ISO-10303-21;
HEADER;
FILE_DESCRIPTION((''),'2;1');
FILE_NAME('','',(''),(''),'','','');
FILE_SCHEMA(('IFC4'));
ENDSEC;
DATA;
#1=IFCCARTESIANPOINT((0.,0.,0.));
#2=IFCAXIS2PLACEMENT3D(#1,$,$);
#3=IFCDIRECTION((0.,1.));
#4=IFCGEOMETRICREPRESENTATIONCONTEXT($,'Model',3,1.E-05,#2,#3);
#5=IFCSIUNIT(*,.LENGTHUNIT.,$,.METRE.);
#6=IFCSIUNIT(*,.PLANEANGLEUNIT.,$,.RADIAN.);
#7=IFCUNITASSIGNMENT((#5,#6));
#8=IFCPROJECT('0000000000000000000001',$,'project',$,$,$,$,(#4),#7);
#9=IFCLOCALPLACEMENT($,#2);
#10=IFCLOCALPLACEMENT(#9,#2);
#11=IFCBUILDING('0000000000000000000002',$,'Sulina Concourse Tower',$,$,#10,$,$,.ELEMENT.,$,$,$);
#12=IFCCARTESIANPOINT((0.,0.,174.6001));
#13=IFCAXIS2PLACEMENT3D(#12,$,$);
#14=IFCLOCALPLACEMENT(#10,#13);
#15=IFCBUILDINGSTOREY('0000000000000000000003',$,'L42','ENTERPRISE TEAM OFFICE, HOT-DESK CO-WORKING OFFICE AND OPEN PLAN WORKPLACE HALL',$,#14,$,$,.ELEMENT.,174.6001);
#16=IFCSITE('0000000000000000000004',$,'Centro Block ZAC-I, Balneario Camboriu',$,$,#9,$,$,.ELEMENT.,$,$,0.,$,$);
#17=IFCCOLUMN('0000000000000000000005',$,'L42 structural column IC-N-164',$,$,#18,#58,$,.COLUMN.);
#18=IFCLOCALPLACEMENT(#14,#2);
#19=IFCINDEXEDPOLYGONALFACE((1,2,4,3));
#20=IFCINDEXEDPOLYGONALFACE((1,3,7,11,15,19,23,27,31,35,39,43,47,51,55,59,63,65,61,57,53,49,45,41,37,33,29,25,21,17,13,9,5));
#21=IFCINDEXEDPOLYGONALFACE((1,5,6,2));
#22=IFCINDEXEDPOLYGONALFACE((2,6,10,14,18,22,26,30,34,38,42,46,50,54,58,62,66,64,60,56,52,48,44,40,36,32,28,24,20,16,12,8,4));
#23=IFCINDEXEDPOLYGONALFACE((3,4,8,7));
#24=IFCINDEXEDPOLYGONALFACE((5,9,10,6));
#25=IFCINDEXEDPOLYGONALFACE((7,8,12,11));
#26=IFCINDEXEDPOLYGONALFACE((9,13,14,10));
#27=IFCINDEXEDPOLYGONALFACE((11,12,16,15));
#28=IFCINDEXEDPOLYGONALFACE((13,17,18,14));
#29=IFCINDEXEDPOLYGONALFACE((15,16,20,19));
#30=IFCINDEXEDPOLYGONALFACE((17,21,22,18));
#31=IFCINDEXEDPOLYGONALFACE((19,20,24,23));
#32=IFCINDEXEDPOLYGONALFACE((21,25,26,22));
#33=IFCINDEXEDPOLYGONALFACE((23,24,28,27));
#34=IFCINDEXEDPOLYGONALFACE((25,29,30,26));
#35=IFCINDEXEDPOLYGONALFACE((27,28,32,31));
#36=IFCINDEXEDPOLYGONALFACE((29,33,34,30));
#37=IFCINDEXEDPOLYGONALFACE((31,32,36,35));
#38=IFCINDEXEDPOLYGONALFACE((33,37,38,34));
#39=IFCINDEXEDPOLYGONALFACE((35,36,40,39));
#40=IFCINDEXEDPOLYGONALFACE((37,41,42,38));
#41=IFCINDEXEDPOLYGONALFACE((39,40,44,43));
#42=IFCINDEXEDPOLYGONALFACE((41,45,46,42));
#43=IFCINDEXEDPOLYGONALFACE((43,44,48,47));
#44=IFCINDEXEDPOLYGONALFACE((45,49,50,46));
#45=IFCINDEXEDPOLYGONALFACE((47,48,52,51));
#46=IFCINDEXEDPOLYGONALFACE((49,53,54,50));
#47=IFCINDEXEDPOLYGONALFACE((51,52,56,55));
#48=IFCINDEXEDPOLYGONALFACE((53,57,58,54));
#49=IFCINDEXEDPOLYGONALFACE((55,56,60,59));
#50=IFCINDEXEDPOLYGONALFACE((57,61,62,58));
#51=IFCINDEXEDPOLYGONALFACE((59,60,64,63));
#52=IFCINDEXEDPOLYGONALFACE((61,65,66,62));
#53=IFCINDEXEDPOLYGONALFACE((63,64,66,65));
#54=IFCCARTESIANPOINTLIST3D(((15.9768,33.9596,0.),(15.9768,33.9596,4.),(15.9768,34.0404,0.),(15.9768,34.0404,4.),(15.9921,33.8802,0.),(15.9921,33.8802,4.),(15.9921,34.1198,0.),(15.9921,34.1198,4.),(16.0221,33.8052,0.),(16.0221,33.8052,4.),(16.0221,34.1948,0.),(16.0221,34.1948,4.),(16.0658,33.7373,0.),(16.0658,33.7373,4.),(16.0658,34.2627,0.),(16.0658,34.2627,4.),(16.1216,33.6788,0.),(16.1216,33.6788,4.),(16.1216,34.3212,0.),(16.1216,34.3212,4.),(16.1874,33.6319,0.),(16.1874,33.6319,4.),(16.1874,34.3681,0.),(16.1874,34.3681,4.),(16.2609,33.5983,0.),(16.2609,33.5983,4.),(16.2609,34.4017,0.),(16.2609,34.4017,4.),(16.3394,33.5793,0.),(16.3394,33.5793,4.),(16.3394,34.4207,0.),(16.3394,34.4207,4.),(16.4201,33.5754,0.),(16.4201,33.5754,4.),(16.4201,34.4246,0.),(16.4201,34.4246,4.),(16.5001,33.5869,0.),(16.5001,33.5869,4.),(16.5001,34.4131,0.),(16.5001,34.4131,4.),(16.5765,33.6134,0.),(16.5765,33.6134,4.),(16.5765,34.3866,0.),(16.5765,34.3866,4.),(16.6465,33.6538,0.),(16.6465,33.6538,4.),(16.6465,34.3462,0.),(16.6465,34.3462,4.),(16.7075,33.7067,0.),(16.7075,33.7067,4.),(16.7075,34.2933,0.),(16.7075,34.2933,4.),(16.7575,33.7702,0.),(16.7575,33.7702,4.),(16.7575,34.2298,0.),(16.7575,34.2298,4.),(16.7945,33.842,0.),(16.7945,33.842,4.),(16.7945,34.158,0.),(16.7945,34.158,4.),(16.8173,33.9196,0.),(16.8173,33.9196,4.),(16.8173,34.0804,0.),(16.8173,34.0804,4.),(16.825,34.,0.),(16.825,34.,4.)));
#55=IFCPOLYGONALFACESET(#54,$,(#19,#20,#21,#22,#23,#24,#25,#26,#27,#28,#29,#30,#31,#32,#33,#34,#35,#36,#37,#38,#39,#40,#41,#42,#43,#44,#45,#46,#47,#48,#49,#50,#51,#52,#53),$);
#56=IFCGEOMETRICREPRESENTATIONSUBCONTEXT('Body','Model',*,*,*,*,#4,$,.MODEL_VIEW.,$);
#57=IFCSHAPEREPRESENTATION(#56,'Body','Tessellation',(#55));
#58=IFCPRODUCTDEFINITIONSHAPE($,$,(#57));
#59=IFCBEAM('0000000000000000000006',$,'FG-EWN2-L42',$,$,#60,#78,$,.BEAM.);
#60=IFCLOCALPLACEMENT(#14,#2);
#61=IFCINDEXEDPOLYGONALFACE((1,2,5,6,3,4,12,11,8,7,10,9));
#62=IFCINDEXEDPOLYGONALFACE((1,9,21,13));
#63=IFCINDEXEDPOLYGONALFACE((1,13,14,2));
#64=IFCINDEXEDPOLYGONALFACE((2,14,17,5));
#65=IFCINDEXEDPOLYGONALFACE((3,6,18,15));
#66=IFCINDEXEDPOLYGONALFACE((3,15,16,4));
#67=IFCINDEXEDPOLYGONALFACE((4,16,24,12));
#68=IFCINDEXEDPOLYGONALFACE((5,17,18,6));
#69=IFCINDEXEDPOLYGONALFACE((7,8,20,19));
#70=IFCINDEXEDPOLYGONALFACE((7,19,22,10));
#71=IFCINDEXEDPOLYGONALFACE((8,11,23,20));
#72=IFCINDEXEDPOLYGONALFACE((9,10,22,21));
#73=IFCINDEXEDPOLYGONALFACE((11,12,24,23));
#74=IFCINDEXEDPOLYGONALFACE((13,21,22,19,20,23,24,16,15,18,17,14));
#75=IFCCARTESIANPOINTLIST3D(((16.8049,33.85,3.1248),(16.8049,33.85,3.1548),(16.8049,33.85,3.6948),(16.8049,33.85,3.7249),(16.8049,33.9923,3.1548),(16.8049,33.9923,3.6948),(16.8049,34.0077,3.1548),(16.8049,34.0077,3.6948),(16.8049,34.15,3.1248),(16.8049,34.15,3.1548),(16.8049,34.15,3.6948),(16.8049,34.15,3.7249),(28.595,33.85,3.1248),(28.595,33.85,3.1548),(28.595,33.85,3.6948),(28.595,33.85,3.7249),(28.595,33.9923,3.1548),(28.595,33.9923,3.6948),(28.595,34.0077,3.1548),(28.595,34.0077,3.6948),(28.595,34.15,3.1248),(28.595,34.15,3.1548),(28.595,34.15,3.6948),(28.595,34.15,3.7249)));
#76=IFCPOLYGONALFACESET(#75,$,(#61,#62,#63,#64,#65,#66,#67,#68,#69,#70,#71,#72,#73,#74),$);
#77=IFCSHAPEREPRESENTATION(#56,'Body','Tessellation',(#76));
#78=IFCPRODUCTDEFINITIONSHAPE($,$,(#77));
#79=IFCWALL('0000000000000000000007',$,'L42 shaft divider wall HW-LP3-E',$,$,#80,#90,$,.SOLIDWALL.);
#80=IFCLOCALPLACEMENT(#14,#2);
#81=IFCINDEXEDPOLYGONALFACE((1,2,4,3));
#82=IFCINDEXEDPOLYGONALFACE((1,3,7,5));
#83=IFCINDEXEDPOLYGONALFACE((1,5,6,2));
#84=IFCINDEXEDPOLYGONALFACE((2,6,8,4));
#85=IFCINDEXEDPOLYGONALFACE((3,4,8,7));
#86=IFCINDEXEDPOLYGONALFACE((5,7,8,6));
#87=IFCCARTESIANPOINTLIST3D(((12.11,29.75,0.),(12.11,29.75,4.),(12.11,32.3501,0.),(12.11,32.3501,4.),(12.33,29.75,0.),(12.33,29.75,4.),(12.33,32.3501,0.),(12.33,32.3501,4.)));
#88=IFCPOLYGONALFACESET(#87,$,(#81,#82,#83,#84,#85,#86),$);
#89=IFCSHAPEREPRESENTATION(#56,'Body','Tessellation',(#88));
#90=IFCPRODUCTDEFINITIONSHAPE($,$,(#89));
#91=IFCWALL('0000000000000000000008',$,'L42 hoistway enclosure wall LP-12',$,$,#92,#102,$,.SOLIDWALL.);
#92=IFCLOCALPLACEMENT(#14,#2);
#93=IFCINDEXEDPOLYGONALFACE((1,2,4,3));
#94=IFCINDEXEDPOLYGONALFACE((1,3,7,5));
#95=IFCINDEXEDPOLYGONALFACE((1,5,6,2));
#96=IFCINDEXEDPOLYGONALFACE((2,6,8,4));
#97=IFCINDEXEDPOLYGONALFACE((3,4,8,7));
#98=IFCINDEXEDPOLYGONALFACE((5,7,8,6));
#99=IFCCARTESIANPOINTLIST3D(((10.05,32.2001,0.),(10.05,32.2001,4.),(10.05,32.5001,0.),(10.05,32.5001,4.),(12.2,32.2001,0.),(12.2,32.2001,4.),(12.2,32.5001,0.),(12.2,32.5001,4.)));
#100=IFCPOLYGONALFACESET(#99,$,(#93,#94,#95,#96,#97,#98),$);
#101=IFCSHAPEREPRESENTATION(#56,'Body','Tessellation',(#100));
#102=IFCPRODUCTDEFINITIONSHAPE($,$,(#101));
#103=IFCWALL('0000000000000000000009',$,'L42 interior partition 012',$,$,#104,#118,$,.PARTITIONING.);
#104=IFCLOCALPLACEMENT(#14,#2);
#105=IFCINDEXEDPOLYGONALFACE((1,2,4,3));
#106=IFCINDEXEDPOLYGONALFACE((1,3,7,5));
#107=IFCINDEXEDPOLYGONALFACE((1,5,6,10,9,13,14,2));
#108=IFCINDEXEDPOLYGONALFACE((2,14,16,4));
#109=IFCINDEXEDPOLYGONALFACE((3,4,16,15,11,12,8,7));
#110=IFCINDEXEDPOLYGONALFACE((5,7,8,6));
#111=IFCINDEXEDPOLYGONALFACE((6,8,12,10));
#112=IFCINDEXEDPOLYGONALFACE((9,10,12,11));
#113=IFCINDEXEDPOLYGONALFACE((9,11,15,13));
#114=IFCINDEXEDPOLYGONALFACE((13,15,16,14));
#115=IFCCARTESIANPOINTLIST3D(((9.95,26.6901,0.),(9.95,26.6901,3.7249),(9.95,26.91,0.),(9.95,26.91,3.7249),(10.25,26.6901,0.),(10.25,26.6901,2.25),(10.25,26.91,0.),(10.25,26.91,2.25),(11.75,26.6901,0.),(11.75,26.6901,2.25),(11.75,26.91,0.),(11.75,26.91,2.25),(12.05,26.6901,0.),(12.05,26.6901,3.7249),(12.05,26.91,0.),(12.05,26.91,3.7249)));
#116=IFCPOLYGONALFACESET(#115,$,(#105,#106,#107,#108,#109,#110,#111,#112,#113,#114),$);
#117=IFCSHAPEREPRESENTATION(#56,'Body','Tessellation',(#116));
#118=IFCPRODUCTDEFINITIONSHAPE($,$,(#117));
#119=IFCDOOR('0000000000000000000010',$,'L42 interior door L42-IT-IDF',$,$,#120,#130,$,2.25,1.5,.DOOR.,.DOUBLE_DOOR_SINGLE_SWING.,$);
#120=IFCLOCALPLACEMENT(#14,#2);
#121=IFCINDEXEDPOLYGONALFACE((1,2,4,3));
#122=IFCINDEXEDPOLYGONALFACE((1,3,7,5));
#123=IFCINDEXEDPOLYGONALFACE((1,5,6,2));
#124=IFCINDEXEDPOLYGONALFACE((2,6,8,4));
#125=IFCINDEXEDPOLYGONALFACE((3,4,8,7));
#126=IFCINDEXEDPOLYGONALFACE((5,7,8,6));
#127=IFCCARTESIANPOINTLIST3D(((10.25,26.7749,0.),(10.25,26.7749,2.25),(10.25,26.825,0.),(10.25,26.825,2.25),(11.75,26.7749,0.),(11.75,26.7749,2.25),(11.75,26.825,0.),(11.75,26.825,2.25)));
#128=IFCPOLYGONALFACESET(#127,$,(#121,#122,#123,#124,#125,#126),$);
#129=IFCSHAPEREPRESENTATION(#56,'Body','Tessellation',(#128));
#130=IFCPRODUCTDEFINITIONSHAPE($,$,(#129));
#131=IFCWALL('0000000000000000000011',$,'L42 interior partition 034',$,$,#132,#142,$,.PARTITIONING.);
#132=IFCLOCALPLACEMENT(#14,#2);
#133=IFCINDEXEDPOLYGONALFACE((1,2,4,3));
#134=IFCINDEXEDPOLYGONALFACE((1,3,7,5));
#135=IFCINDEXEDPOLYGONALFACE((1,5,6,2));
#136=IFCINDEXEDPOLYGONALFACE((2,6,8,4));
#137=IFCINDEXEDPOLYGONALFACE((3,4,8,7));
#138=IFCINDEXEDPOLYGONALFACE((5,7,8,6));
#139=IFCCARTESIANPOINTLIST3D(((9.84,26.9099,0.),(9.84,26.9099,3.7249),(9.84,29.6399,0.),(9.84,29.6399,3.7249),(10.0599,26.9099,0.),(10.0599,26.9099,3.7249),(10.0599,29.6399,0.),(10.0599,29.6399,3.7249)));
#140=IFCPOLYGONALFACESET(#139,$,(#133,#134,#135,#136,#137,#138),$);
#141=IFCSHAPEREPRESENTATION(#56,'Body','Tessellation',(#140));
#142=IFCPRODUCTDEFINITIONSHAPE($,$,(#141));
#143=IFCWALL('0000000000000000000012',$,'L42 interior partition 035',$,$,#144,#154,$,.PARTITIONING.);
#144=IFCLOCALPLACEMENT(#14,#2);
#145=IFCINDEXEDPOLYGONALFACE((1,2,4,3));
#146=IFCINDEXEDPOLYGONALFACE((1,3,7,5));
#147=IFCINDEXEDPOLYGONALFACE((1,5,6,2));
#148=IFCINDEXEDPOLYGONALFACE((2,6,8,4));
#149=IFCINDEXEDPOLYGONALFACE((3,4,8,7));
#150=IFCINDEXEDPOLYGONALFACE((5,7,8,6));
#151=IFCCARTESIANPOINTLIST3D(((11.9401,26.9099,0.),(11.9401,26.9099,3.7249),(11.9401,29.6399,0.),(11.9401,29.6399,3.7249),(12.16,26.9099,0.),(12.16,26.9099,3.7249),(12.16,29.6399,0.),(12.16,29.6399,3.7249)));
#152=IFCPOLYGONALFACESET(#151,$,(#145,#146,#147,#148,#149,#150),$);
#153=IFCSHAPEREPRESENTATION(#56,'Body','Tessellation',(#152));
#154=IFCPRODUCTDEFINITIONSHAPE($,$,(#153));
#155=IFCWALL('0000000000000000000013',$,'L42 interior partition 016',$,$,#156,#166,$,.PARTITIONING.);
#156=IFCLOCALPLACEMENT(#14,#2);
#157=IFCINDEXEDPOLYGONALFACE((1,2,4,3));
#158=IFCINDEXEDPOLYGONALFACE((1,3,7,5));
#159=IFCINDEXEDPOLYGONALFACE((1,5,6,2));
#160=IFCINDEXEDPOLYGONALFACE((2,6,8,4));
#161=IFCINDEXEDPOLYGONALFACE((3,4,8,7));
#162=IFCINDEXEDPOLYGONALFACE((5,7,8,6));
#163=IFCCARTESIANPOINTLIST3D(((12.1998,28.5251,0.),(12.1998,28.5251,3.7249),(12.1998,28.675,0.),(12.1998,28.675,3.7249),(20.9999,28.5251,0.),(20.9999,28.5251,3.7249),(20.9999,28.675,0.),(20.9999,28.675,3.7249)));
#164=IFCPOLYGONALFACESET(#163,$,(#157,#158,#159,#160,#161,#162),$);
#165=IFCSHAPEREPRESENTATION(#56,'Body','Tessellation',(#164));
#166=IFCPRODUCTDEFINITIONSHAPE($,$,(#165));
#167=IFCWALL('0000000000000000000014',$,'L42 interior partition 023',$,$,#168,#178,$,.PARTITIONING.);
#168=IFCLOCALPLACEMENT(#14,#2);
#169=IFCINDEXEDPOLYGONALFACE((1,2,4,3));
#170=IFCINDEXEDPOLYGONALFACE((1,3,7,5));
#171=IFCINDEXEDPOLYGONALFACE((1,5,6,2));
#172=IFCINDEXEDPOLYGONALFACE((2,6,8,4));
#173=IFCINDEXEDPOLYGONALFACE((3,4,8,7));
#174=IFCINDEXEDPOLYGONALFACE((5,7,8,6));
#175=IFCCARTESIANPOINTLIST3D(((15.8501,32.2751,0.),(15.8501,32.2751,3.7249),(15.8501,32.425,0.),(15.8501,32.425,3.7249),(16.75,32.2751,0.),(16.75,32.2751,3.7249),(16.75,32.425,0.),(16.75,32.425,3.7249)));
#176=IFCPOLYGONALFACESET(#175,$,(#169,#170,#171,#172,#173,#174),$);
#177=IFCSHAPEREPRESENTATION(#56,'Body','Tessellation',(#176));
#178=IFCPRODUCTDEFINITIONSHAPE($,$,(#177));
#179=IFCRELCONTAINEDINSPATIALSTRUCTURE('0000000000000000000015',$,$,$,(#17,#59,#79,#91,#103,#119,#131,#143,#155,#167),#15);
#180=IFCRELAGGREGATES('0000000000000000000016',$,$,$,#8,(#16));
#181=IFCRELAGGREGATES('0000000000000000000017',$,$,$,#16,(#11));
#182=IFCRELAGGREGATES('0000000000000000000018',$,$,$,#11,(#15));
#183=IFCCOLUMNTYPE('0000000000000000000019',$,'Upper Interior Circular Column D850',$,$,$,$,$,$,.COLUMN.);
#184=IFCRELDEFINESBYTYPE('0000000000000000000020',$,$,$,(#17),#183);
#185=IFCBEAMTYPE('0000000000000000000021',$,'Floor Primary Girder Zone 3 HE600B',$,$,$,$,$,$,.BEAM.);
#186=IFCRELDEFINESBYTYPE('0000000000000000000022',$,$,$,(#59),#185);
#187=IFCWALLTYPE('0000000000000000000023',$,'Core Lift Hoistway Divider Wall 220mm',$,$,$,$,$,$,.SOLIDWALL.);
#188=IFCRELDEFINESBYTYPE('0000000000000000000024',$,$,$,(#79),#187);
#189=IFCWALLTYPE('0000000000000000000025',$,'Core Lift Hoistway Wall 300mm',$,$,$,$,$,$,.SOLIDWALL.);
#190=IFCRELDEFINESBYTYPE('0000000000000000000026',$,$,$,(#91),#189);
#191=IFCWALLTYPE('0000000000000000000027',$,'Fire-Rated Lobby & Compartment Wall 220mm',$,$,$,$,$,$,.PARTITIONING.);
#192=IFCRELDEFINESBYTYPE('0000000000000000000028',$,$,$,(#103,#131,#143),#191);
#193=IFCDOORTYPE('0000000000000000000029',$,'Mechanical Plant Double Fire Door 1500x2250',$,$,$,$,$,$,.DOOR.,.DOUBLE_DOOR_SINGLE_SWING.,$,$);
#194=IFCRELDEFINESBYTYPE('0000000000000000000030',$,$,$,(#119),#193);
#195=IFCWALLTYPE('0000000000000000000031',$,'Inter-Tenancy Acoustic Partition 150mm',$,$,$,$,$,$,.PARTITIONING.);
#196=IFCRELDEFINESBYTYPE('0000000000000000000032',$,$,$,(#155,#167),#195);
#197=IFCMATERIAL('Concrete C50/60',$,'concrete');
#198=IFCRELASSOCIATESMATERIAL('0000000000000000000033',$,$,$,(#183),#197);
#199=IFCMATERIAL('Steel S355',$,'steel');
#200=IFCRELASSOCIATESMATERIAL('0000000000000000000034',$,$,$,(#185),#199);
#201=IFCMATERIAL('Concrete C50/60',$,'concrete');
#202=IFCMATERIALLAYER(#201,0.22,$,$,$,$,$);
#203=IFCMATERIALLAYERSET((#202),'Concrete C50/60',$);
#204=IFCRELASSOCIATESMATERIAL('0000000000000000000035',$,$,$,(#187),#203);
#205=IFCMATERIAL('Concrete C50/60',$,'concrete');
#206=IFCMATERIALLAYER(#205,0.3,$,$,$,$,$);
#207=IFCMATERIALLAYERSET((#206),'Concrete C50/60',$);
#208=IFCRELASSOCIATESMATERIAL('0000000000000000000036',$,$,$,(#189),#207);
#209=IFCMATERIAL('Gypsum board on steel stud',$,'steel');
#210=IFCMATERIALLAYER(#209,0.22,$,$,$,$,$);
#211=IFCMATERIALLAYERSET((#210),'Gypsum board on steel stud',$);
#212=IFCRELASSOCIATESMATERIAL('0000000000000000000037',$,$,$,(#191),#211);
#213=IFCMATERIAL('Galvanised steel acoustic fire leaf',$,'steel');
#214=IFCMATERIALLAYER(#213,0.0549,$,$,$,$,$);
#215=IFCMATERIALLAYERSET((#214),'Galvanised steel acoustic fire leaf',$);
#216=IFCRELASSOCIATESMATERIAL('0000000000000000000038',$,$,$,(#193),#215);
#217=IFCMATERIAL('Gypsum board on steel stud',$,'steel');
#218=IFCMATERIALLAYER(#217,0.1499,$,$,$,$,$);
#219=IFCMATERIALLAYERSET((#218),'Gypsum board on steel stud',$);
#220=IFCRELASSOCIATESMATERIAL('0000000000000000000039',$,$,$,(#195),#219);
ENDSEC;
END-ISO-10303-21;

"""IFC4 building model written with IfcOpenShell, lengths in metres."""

from ifc_helpers import new_model, si_unit, direction, frame, frame_2d, origin, origin_2d, place, context, subcontext, project, spatial, rectangle, circle, i_section, extrude, material, layer, layer_set, material_profile, profile_set, type_object, element, fill, save


model = new_model("IFC4")

# Units and contexts
model_context = context("Model", 3, precision=1e-05, world=origin(), true_north=direction((0.0, 1.0)))
body_context = subcontext(model_context, "Body", "Model", "MODEL_VIEW")
ifc_project = project(units=[si_unit("LENGTHUNIT", "METRE"), si_unit("PLANEANGLEUNIT", "RADIAN")], contexts=[model_context])

# Site, building, storey
site_placement = place(None, origin())
site = spatial("IfcSite", under=ifc_project, at=site_placement, Name="Centro Block ZAC-I, Balneario Camboriu", CompositionType="ELEMENT", RefElevation=0.0)
building_placement = place(site_placement, origin())
building = spatial("IfcBuilding", under=site, at=building_placement, Name="Sulina Concourse Tower", CompositionType="ELEMENT")
storey_placement = place(building_placement, frame((0.0, 0.0, 174.6001)))
storey = spatial("IfcBuildingStorey", under=building, at=storey_placement, Name="L42", Description="ENTERPRISE TEAM OFFICE, HOT-DESK CO-WORKING OFFICE AND OPEN PLAN WORKPLACE HALL", CompositionType="ELEMENT", Elevation=174.6001)

# Column
ifc_material_1 = material(Name="Concrete C50/60", Category="concrete")
ifc_material_profile_1 = material_profile(ifc_material_1, circle(Radius=0.425, at=origin_2d()), Name="RC D850")
ifc_profile_set_1 = profile_set([ifc_material_profile_1], Name="Concrete C50/60")
column_type = type_object("IfcColumnType", Name="Upper Interior Circular Column D850", PredefinedType="COLUMN", material=ifc_profile_set_1)
column_placement = place(storey_placement, frame((16.3999, 34.0, 0.0), z_axis=(0.0, 0.0, 1.0), x_axis=(1.0, 0.0, 0.0)))
element("IfcColumn", 1, at=column_placement, inside=storey, type_object=column_type, Name="L42 structural column IC-N-164", PredefinedType="COLUMN", context=body_context, shape_type="SweptSolid", body=[
    extrude(circle(Radius=0.425, at=origin_2d()), origin(), (0.0, 0.0, 1.0), 4.0),
])

# Beam
ifc_material_2 = material(Name="Steel S355", Category="steel")
ifc_material_profile_2 = material_profile(ifc_material_2, i_section(OverallWidth=0.3, OverallDepth=0.6001, WebThickness=0.0154, FlangeThickness=0.03, at=origin_2d()), Name="HE 600 B")
ifc_profile_set_2 = profile_set([ifc_material_profile_2], Name="Steel S355")
beam_type = type_object("IfcBeamType", Name="Floor Primary Girder Zone 3 HE600B", PredefinedType="BEAM", material=ifc_profile_set_2)
beam_placement = place(storey_placement, frame((16.8049, 34.0, 3.4248), z_axis=(1.0, 0.0, 0.0), x_axis=(0.0, 1.0, 0.0)))
element("IfcBeam", 2, at=beam_placement, inside=storey, type_object=beam_type, Name="FG-EWN2-L42", PredefinedType="BEAM", context=body_context, shape_type="SweptSolid", body=[
    extrude(i_section(OverallWidth=0.3, OverallDepth=0.6001, WebThickness=0.0154, FlangeThickness=0.03, at=origin_2d()), origin(), (0.0, 0.0, 1.0), 11.79),
])

# Walls
ifc_material_3 = material(Name="Concrete C50/60", Category="concrete")
ifc_layer_1 = layer(ifc_material_3, 0.22)
ifc_layer_set_1 = layer_set([ifc_layer_1], Name="Concrete C50/60")
wall_type_1 = type_object("IfcWallType", Name="Core Lift Hoistway Divider Wall 220mm", PredefinedType="SOLIDWALL", material=ifc_layer_set_1)
wall_1_placement = place(storey_placement, frame((12.22, 29.75, 0.0), z_axis=(0.0, 0.0, 1.0), x_axis=(0.0, 1.0, 0.0)))
element("IfcWall", 3, at=wall_1_placement, inside=storey, type_object=wall_type_1, Name="L42 shaft divider wall HW-LP3-E", PredefinedType="SOLIDWALL", context=body_context, shape_type="SweptSolid", body=[
    extrude(rectangle(XDim=2.6001, YDim=0.22, at=frame_2d((1.3, 0.0))), origin(), (0.0, 0.0, 1.0), 4.0),
])
ifc_material_4 = material(Name="Concrete C50/60", Category="concrete")
ifc_layer_2 = layer(ifc_material_4, 0.3)
ifc_layer_set_2 = layer_set([ifc_layer_2], Name="Concrete C50/60")
wall_type_2 = type_object("IfcWallType", Name="Core Lift Hoistway Wall 300mm", PredefinedType="SOLIDWALL", material=ifc_layer_set_2)
wall_2_placement = place(storey_placement, frame((10.05, 32.3501, 0.0), z_axis=(0.0, 0.0, 1.0), x_axis=(1.0, 0.0, 0.0)))
element("IfcWall", 4, at=wall_2_placement, inside=storey, type_object=wall_type_2, Name="L42 hoistway enclosure wall LP-12", PredefinedType="SOLIDWALL", context=body_context, shape_type="SweptSolid", body=[
    extrude(rectangle(XDim=2.1499, YDim=0.3, at=frame_2d((1.075, 0.0))), origin(), (0.0, 0.0, 1.0), 4.0),
])

# Wall, opening, door
ifc_material_5 = material(Name="Gypsum board on steel stud", Category="steel")
ifc_layer_3 = layer(ifc_material_5, 0.22)
ifc_layer_set_3 = layer_set([ifc_layer_3], Name="Gypsum board on steel stud")
wall_type_3 = type_object("IfcWallType", Name="Fire-Rated Lobby & Compartment Wall 220mm", PredefinedType="PARTITIONING", material=ifc_layer_set_3)
wall_3_placement = place(storey_placement, frame((9.95, 26.8, 0.0), z_axis=(0.0, 0.0, 1.0), x_axis=(1.0, 0.0, 0.0)))
wall_3 = element("IfcWall", 5, at=wall_3_placement, inside=storey, type_object=wall_type_3, Name="L42 interior partition 012", PredefinedType="PARTITIONING", context=body_context, shape_type="SweptSolid", body=[
    extrude(rectangle(XDim=2.1001, YDim=0.22, at=frame_2d((1.05, 0.0))), origin(), (0.0, 0.0, 1.0), 3.7249),
])
opening_1_placement = place(wall_3_placement, frame((0.3, 0.0, 0.0)))
opening_1 = element("IfcOpeningElement", 6, at=opening_1_placement, cuts=wall_3, PredefinedType="OPENING", context=body_context, shape_type="SweptSolid", body=[
    extrude(rectangle(XDim=1.5, YDim=2.25, at=frame_2d((0.75, 1.125))), frame((0.0, 0.1199, 0.0), z_axis=(0.0, -1.0, 0.0), x_axis=(1.0, 0.0, 0.0)), (0.0, 0.0, 1.0), 0.24),
])
ifc_material_6 = material(Name="Galvanised steel acoustic fire leaf", Category="steel")
ifc_layer_4 = layer(ifc_material_6, 0.0549)
ifc_layer_set_4 = layer_set([ifc_layer_4], Name="Galvanised steel acoustic fire leaf")
door_type_1 = type_object("IfcDoorType", Name="Mechanical Plant Double Fire Door 1500x2250", OperationType="DOUBLE_DOOR_SINGLE_SWING", PredefinedType="DOOR", material=ifc_layer_set_4)
door_1_placement = place(opening_1_placement, origin())
door_1 = element("IfcDoor", 7, at=door_1_placement, inside=storey, type_object=door_type_1, Name="L42 interior door L42-IT-IDF", OperationType="DOUBLE_DOOR_SINGLE_SWING", OverallHeight=2.25, OverallWidth=1.5, PredefinedType="DOOR", context=body_context, shape_type="SweptSolid", body=[
    extrude(rectangle(XDim=1.5, YDim=2.25, at=frame_2d((0.75, 1.125))), frame((0.0, 0.0249, 0.0), z_axis=(0.0, -1.0, 0.0), x_axis=(1.0, 0.0, 0.0)), (0.0, 0.0, 1.0), 0.05),
])
fill(opening_1, door_1)

# Walls
for number, where, z_axis, x_axis, name in (
    (8, (9.95, 26.9099, 0.0), (0.0, 0.0, 1.0), (0.0, 1.0, 0.0), "L42 interior partition 034"),
    (9, (12.05, 26.9099, 0.0), (0.0, 0.0, 1.0), (0.0, 1.0, 0.0), "L42 interior partition 035"),
):
    element("IfcWall", number, at=place(storey_placement, frame(where, z_axis=z_axis, x_axis=x_axis)), inside=storey, type_object=wall_type_3, Name=name, PredefinedType="PARTITIONING", context=body_context, shape_type="SweptSolid", body=[
        extrude(rectangle(XDim=2.73, YDim=0.22, at=frame_2d((1.365, 0.0))), origin(), (0.0, 0.0, 1.0), 3.7249),
    ])
ifc_material_7 = material(Name="Gypsum board on steel stud", Category="steel")
ifc_layer_5 = layer(ifc_material_7, 0.1499)
ifc_layer_set_5 = layer_set([ifc_layer_5], Name="Gypsum board on steel stud")
wall_type_4 = type_object("IfcWallType", Name="Inter-Tenancy Acoustic Partition 150mm", PredefinedType="PARTITIONING", material=ifc_layer_set_5)
wall_4_placement = place(storey_placement, frame((12.2, 28.6001, 0.0), z_axis=(0.0, 0.0, 1.0), x_axis=(1.0, 0.0, 0.0)))
element("IfcWall", 10, at=wall_4_placement, inside=storey, type_object=wall_type_4, Name="L42 interior partition 016", PredefinedType="PARTITIONING", context=body_context, shape_type="SweptSolid", body=[
    extrude(rectangle(XDim=8.8, YDim=0.1499, at=frame_2d((4.3999, 0.0))), origin(), (0.0, 0.0, 1.0), 3.7249),
])

# Wall
wall_5_placement = place(storey_placement, frame((15.8501, 32.3501, 0.0), z_axis=(0.0, 0.0, 1.0), x_axis=(1.0, 0.0, 0.0)))
element("IfcWall", 11, at=wall_5_placement, inside=storey, type_object=wall_type_4, Name="L42 interior partition 023", PredefinedType="PARTITIONING", context=body_context, shape_type="SweptSolid", body=[
    extrude(rectangle(XDim=0.8999, YDim=0.1499, at=frame_2d((0.45, 0.0))), origin(), (0.0, 0.0, 1.0), 3.7249),
])

save(model, "model.ifc")
